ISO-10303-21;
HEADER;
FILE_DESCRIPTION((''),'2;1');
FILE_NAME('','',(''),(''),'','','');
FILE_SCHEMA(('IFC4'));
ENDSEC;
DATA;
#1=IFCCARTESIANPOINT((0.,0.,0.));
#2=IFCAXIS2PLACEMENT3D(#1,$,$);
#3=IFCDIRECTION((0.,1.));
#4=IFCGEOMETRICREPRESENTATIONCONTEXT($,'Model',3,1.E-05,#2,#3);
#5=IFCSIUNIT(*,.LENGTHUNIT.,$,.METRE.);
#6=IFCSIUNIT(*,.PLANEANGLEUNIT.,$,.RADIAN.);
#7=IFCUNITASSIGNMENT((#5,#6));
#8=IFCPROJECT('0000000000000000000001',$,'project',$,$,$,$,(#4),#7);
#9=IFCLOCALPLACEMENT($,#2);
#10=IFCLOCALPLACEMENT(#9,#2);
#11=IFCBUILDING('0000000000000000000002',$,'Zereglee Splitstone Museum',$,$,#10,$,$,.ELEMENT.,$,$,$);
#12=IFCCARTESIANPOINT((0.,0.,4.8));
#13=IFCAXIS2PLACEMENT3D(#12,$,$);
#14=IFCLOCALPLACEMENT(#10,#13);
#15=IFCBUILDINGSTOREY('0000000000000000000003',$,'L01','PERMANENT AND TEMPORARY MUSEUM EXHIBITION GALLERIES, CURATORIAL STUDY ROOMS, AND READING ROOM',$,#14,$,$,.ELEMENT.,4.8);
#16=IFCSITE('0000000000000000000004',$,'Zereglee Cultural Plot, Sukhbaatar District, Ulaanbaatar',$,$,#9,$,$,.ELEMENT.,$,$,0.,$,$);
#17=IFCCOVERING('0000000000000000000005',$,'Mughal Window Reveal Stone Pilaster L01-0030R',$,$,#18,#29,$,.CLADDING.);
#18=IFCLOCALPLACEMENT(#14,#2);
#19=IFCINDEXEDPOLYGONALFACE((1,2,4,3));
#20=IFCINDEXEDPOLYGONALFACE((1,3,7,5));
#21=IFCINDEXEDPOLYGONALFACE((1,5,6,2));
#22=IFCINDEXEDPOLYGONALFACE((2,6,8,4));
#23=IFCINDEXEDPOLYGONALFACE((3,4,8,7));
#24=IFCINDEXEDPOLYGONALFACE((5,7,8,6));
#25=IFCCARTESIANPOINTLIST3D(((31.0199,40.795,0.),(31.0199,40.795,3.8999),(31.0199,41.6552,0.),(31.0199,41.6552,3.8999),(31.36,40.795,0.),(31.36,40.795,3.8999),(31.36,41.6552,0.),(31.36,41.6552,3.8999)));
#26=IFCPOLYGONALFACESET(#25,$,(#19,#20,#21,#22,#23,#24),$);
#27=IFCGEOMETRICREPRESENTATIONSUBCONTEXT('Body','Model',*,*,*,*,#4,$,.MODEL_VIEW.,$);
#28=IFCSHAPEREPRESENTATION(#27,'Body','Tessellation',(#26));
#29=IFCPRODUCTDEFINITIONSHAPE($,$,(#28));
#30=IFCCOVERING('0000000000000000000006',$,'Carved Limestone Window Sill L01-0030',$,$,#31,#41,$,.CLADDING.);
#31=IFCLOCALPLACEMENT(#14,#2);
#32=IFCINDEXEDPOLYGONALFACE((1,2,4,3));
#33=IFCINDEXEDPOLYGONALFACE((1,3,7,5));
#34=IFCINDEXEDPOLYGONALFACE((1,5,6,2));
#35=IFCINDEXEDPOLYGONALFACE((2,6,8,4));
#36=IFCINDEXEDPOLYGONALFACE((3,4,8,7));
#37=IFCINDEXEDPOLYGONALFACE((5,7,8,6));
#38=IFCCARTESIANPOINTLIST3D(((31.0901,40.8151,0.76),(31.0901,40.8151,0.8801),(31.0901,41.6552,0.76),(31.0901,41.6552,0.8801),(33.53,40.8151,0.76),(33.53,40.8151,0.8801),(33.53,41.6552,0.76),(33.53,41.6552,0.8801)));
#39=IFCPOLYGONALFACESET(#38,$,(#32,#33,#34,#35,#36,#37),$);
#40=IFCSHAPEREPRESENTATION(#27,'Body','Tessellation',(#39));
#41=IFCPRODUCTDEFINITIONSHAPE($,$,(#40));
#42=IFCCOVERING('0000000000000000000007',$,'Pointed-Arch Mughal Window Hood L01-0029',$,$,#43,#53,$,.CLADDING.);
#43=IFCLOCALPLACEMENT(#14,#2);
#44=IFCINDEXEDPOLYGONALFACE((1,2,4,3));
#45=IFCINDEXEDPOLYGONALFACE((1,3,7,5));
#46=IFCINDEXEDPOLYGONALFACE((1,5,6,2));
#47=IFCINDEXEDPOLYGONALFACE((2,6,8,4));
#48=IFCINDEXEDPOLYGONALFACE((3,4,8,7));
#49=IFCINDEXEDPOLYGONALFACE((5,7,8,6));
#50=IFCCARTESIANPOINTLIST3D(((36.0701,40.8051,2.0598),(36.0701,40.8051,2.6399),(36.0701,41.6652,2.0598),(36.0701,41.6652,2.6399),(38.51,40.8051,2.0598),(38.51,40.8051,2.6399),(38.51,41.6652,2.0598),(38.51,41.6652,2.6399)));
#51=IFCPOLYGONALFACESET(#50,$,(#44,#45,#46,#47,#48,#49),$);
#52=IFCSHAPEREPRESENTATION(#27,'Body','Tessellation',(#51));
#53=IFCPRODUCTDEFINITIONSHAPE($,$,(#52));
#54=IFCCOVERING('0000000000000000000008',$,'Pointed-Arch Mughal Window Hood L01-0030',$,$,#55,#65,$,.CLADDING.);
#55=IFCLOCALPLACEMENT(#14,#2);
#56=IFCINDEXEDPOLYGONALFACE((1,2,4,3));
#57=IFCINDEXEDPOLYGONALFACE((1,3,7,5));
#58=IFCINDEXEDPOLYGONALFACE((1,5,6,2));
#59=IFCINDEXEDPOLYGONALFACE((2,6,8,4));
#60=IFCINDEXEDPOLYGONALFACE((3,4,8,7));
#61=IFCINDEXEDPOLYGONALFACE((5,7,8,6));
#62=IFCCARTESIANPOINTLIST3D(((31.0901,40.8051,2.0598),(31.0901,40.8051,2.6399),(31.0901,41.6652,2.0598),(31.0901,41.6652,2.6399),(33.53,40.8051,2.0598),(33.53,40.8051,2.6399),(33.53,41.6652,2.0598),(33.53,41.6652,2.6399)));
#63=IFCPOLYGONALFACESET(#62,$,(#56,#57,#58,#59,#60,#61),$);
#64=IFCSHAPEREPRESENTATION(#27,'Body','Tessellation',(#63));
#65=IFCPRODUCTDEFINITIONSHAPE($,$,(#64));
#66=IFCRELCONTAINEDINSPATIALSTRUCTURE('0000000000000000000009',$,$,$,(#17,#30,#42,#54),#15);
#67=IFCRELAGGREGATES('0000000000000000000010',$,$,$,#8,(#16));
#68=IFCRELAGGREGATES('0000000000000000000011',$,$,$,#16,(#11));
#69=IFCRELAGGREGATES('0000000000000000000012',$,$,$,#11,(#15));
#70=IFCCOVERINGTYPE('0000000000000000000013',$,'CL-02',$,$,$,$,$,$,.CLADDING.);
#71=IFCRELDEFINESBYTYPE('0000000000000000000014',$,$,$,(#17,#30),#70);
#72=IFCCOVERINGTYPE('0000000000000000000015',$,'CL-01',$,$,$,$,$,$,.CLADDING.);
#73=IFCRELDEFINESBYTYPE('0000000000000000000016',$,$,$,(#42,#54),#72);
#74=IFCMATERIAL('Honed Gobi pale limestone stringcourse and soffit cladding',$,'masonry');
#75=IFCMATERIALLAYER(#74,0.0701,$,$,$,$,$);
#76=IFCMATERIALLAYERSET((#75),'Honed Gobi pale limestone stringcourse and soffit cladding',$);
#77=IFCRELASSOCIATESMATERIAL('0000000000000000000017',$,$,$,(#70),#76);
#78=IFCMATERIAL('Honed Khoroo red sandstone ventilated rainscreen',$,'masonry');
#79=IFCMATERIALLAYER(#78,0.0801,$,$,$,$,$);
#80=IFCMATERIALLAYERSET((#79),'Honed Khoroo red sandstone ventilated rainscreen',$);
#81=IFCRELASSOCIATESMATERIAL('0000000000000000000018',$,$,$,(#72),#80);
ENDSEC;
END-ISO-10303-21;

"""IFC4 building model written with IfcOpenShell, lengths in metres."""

from ifc_helpers import new_model, si_unit, direction, frame, origin, origin_2d, place, context, subcontext, project, spatial, rectangle, extrude, material, layer, layer_set, type_object, element, save


model = new_model("IFC4")

# Units and contexts
model_context = context("Model", 3, precision=1e-05, world=origin(), true_north=direction((0.0, 1.0)))
body_context = subcontext(model_context, "Body", "Model", "MODEL_VIEW")
ifc_project = project(units=[si_unit("LENGTHUNIT", "METRE"), si_unit("PLANEANGLEUNIT", "RADIAN")], contexts=[model_context])

# Site, building, storey
site_placement = place(None, origin())
site = spatial("IfcSite", under=ifc_project, at=site_placement, Name="Zereglee Cultural Plot, Sukhbaatar District, Ulaanbaatar", CompositionType="ELEMENT", RefElevation=0.0)
building_placement = place(site_placement, origin())
building = spatial("IfcBuilding", under=site, at=building_placement, Name="Zereglee Splitstone Museum", CompositionType="ELEMENT")
storey_placement = place(building_placement, frame((0.0, 0.0, 4.8)))
storey = spatial("IfcBuildingStorey", under=building, at=storey_placement, Name="L01", Description="PERMANENT AND TEMPORARY MUSEUM EXHIBITION GALLERIES, CURATORIAL STUDY ROOMS, AND READING ROOM", CompositionType="ELEMENT", Elevation=4.8)

# Coverings
ifc_material_1 = material(Name="Honed Gobi pale limestone stringcourse and soffit cladding", Category="masonry")
ifc_layer_1 = layer(ifc_material_1, 0.0701)
ifc_layer_set_1 = layer_set([ifc_layer_1], Name="Honed Gobi pale limestone stringcourse and soffit cladding")
covering_type_1 = type_object("IfcCoveringType", Name="CL-02", PredefinedType="CLADDING", material=ifc_layer_set_1)
for number, where, z_axis, x_axis, name in (
    (1, (31.1899, 41.2251, 0.0), (0.0, 0.0, 1.0), (-1.0, 0.0, 0.0), "Mughal Window Reveal Stone Pilaster L01-0030R"),
):
    element("IfcCovering", number, at=place(storey_placement, frame(where, z_axis=z_axis, x_axis=x_axis)), inside=storey, type_object=covering_type_1, Name=name, PredefinedType="CLADDING", context=body_context, shape_type="SweptSolid", body=[
        extrude(rectangle(XDim=0.3401, YDim=0.8601, at=origin_2d()), origin(), (0.0, 0.0, 1.0), 3.8999),
    ])
covering_1_placement = place(storey_placement, frame((32.3101, 41.2351, 0.76), z_axis=(0.0, 0.0, 1.0), x_axis=(-1.0, 0.0, 0.0)))
element("IfcCovering", 2, at=covering_1_placement, inside=storey, type_object=covering_type_1, Name="Carved Limestone Window Sill L01-0030", PredefinedType="CLADDING", context=body_context, shape_type="SweptSolid", body=[
    extrude(rectangle(XDim=2.4399, YDim=0.8401, at=origin_2d()), origin(), (0.0, 0.0, 1.0), 0.1201),
])
ifc_material_2 = material(Name="Honed Khoroo red sandstone ventilated rainscreen", Category="masonry")
ifc_layer_2 = layer(ifc_material_2, 0.0801)
ifc_layer_set_2 = layer_set([ifc_layer_2], Name="Honed Khoroo red sandstone ventilated rainscreen")
covering_type_2 = type_object("IfcCoveringType", Name="CL-01", PredefinedType="CLADDING", material=ifc_layer_set_2)
for number, where, z_axis, x_axis, name in (
    (3, (37.29, 41.2351, 2.0598), (0.0, 0.0, 1.0), (-1.0, 0.0, 0.0), "Pointed-Arch Mughal Window Hood L01-0029"),
    (4, (32.3101, 41.2351, 2.0598), (0.0, 0.0, 1.0), (-1.0, 0.0, 0.0), "Pointed-Arch Mughal Window Hood L01-0030"),
):
    element("IfcCovering", number, at=place(storey_placement, frame(where, z_axis=z_axis, x_axis=x_axis)), inside=storey, type_object=covering_type_2, Name=name, PredefinedType="CLADDING", context=body_context, shape_type="SweptSolid", body=[
        extrude(rectangle(XDim=2.4399, YDim=0.8601, at=origin_2d()), origin(), (0.0, 0.0, 1.0), 0.5801),
    ])

save(model, "model.ifc")
